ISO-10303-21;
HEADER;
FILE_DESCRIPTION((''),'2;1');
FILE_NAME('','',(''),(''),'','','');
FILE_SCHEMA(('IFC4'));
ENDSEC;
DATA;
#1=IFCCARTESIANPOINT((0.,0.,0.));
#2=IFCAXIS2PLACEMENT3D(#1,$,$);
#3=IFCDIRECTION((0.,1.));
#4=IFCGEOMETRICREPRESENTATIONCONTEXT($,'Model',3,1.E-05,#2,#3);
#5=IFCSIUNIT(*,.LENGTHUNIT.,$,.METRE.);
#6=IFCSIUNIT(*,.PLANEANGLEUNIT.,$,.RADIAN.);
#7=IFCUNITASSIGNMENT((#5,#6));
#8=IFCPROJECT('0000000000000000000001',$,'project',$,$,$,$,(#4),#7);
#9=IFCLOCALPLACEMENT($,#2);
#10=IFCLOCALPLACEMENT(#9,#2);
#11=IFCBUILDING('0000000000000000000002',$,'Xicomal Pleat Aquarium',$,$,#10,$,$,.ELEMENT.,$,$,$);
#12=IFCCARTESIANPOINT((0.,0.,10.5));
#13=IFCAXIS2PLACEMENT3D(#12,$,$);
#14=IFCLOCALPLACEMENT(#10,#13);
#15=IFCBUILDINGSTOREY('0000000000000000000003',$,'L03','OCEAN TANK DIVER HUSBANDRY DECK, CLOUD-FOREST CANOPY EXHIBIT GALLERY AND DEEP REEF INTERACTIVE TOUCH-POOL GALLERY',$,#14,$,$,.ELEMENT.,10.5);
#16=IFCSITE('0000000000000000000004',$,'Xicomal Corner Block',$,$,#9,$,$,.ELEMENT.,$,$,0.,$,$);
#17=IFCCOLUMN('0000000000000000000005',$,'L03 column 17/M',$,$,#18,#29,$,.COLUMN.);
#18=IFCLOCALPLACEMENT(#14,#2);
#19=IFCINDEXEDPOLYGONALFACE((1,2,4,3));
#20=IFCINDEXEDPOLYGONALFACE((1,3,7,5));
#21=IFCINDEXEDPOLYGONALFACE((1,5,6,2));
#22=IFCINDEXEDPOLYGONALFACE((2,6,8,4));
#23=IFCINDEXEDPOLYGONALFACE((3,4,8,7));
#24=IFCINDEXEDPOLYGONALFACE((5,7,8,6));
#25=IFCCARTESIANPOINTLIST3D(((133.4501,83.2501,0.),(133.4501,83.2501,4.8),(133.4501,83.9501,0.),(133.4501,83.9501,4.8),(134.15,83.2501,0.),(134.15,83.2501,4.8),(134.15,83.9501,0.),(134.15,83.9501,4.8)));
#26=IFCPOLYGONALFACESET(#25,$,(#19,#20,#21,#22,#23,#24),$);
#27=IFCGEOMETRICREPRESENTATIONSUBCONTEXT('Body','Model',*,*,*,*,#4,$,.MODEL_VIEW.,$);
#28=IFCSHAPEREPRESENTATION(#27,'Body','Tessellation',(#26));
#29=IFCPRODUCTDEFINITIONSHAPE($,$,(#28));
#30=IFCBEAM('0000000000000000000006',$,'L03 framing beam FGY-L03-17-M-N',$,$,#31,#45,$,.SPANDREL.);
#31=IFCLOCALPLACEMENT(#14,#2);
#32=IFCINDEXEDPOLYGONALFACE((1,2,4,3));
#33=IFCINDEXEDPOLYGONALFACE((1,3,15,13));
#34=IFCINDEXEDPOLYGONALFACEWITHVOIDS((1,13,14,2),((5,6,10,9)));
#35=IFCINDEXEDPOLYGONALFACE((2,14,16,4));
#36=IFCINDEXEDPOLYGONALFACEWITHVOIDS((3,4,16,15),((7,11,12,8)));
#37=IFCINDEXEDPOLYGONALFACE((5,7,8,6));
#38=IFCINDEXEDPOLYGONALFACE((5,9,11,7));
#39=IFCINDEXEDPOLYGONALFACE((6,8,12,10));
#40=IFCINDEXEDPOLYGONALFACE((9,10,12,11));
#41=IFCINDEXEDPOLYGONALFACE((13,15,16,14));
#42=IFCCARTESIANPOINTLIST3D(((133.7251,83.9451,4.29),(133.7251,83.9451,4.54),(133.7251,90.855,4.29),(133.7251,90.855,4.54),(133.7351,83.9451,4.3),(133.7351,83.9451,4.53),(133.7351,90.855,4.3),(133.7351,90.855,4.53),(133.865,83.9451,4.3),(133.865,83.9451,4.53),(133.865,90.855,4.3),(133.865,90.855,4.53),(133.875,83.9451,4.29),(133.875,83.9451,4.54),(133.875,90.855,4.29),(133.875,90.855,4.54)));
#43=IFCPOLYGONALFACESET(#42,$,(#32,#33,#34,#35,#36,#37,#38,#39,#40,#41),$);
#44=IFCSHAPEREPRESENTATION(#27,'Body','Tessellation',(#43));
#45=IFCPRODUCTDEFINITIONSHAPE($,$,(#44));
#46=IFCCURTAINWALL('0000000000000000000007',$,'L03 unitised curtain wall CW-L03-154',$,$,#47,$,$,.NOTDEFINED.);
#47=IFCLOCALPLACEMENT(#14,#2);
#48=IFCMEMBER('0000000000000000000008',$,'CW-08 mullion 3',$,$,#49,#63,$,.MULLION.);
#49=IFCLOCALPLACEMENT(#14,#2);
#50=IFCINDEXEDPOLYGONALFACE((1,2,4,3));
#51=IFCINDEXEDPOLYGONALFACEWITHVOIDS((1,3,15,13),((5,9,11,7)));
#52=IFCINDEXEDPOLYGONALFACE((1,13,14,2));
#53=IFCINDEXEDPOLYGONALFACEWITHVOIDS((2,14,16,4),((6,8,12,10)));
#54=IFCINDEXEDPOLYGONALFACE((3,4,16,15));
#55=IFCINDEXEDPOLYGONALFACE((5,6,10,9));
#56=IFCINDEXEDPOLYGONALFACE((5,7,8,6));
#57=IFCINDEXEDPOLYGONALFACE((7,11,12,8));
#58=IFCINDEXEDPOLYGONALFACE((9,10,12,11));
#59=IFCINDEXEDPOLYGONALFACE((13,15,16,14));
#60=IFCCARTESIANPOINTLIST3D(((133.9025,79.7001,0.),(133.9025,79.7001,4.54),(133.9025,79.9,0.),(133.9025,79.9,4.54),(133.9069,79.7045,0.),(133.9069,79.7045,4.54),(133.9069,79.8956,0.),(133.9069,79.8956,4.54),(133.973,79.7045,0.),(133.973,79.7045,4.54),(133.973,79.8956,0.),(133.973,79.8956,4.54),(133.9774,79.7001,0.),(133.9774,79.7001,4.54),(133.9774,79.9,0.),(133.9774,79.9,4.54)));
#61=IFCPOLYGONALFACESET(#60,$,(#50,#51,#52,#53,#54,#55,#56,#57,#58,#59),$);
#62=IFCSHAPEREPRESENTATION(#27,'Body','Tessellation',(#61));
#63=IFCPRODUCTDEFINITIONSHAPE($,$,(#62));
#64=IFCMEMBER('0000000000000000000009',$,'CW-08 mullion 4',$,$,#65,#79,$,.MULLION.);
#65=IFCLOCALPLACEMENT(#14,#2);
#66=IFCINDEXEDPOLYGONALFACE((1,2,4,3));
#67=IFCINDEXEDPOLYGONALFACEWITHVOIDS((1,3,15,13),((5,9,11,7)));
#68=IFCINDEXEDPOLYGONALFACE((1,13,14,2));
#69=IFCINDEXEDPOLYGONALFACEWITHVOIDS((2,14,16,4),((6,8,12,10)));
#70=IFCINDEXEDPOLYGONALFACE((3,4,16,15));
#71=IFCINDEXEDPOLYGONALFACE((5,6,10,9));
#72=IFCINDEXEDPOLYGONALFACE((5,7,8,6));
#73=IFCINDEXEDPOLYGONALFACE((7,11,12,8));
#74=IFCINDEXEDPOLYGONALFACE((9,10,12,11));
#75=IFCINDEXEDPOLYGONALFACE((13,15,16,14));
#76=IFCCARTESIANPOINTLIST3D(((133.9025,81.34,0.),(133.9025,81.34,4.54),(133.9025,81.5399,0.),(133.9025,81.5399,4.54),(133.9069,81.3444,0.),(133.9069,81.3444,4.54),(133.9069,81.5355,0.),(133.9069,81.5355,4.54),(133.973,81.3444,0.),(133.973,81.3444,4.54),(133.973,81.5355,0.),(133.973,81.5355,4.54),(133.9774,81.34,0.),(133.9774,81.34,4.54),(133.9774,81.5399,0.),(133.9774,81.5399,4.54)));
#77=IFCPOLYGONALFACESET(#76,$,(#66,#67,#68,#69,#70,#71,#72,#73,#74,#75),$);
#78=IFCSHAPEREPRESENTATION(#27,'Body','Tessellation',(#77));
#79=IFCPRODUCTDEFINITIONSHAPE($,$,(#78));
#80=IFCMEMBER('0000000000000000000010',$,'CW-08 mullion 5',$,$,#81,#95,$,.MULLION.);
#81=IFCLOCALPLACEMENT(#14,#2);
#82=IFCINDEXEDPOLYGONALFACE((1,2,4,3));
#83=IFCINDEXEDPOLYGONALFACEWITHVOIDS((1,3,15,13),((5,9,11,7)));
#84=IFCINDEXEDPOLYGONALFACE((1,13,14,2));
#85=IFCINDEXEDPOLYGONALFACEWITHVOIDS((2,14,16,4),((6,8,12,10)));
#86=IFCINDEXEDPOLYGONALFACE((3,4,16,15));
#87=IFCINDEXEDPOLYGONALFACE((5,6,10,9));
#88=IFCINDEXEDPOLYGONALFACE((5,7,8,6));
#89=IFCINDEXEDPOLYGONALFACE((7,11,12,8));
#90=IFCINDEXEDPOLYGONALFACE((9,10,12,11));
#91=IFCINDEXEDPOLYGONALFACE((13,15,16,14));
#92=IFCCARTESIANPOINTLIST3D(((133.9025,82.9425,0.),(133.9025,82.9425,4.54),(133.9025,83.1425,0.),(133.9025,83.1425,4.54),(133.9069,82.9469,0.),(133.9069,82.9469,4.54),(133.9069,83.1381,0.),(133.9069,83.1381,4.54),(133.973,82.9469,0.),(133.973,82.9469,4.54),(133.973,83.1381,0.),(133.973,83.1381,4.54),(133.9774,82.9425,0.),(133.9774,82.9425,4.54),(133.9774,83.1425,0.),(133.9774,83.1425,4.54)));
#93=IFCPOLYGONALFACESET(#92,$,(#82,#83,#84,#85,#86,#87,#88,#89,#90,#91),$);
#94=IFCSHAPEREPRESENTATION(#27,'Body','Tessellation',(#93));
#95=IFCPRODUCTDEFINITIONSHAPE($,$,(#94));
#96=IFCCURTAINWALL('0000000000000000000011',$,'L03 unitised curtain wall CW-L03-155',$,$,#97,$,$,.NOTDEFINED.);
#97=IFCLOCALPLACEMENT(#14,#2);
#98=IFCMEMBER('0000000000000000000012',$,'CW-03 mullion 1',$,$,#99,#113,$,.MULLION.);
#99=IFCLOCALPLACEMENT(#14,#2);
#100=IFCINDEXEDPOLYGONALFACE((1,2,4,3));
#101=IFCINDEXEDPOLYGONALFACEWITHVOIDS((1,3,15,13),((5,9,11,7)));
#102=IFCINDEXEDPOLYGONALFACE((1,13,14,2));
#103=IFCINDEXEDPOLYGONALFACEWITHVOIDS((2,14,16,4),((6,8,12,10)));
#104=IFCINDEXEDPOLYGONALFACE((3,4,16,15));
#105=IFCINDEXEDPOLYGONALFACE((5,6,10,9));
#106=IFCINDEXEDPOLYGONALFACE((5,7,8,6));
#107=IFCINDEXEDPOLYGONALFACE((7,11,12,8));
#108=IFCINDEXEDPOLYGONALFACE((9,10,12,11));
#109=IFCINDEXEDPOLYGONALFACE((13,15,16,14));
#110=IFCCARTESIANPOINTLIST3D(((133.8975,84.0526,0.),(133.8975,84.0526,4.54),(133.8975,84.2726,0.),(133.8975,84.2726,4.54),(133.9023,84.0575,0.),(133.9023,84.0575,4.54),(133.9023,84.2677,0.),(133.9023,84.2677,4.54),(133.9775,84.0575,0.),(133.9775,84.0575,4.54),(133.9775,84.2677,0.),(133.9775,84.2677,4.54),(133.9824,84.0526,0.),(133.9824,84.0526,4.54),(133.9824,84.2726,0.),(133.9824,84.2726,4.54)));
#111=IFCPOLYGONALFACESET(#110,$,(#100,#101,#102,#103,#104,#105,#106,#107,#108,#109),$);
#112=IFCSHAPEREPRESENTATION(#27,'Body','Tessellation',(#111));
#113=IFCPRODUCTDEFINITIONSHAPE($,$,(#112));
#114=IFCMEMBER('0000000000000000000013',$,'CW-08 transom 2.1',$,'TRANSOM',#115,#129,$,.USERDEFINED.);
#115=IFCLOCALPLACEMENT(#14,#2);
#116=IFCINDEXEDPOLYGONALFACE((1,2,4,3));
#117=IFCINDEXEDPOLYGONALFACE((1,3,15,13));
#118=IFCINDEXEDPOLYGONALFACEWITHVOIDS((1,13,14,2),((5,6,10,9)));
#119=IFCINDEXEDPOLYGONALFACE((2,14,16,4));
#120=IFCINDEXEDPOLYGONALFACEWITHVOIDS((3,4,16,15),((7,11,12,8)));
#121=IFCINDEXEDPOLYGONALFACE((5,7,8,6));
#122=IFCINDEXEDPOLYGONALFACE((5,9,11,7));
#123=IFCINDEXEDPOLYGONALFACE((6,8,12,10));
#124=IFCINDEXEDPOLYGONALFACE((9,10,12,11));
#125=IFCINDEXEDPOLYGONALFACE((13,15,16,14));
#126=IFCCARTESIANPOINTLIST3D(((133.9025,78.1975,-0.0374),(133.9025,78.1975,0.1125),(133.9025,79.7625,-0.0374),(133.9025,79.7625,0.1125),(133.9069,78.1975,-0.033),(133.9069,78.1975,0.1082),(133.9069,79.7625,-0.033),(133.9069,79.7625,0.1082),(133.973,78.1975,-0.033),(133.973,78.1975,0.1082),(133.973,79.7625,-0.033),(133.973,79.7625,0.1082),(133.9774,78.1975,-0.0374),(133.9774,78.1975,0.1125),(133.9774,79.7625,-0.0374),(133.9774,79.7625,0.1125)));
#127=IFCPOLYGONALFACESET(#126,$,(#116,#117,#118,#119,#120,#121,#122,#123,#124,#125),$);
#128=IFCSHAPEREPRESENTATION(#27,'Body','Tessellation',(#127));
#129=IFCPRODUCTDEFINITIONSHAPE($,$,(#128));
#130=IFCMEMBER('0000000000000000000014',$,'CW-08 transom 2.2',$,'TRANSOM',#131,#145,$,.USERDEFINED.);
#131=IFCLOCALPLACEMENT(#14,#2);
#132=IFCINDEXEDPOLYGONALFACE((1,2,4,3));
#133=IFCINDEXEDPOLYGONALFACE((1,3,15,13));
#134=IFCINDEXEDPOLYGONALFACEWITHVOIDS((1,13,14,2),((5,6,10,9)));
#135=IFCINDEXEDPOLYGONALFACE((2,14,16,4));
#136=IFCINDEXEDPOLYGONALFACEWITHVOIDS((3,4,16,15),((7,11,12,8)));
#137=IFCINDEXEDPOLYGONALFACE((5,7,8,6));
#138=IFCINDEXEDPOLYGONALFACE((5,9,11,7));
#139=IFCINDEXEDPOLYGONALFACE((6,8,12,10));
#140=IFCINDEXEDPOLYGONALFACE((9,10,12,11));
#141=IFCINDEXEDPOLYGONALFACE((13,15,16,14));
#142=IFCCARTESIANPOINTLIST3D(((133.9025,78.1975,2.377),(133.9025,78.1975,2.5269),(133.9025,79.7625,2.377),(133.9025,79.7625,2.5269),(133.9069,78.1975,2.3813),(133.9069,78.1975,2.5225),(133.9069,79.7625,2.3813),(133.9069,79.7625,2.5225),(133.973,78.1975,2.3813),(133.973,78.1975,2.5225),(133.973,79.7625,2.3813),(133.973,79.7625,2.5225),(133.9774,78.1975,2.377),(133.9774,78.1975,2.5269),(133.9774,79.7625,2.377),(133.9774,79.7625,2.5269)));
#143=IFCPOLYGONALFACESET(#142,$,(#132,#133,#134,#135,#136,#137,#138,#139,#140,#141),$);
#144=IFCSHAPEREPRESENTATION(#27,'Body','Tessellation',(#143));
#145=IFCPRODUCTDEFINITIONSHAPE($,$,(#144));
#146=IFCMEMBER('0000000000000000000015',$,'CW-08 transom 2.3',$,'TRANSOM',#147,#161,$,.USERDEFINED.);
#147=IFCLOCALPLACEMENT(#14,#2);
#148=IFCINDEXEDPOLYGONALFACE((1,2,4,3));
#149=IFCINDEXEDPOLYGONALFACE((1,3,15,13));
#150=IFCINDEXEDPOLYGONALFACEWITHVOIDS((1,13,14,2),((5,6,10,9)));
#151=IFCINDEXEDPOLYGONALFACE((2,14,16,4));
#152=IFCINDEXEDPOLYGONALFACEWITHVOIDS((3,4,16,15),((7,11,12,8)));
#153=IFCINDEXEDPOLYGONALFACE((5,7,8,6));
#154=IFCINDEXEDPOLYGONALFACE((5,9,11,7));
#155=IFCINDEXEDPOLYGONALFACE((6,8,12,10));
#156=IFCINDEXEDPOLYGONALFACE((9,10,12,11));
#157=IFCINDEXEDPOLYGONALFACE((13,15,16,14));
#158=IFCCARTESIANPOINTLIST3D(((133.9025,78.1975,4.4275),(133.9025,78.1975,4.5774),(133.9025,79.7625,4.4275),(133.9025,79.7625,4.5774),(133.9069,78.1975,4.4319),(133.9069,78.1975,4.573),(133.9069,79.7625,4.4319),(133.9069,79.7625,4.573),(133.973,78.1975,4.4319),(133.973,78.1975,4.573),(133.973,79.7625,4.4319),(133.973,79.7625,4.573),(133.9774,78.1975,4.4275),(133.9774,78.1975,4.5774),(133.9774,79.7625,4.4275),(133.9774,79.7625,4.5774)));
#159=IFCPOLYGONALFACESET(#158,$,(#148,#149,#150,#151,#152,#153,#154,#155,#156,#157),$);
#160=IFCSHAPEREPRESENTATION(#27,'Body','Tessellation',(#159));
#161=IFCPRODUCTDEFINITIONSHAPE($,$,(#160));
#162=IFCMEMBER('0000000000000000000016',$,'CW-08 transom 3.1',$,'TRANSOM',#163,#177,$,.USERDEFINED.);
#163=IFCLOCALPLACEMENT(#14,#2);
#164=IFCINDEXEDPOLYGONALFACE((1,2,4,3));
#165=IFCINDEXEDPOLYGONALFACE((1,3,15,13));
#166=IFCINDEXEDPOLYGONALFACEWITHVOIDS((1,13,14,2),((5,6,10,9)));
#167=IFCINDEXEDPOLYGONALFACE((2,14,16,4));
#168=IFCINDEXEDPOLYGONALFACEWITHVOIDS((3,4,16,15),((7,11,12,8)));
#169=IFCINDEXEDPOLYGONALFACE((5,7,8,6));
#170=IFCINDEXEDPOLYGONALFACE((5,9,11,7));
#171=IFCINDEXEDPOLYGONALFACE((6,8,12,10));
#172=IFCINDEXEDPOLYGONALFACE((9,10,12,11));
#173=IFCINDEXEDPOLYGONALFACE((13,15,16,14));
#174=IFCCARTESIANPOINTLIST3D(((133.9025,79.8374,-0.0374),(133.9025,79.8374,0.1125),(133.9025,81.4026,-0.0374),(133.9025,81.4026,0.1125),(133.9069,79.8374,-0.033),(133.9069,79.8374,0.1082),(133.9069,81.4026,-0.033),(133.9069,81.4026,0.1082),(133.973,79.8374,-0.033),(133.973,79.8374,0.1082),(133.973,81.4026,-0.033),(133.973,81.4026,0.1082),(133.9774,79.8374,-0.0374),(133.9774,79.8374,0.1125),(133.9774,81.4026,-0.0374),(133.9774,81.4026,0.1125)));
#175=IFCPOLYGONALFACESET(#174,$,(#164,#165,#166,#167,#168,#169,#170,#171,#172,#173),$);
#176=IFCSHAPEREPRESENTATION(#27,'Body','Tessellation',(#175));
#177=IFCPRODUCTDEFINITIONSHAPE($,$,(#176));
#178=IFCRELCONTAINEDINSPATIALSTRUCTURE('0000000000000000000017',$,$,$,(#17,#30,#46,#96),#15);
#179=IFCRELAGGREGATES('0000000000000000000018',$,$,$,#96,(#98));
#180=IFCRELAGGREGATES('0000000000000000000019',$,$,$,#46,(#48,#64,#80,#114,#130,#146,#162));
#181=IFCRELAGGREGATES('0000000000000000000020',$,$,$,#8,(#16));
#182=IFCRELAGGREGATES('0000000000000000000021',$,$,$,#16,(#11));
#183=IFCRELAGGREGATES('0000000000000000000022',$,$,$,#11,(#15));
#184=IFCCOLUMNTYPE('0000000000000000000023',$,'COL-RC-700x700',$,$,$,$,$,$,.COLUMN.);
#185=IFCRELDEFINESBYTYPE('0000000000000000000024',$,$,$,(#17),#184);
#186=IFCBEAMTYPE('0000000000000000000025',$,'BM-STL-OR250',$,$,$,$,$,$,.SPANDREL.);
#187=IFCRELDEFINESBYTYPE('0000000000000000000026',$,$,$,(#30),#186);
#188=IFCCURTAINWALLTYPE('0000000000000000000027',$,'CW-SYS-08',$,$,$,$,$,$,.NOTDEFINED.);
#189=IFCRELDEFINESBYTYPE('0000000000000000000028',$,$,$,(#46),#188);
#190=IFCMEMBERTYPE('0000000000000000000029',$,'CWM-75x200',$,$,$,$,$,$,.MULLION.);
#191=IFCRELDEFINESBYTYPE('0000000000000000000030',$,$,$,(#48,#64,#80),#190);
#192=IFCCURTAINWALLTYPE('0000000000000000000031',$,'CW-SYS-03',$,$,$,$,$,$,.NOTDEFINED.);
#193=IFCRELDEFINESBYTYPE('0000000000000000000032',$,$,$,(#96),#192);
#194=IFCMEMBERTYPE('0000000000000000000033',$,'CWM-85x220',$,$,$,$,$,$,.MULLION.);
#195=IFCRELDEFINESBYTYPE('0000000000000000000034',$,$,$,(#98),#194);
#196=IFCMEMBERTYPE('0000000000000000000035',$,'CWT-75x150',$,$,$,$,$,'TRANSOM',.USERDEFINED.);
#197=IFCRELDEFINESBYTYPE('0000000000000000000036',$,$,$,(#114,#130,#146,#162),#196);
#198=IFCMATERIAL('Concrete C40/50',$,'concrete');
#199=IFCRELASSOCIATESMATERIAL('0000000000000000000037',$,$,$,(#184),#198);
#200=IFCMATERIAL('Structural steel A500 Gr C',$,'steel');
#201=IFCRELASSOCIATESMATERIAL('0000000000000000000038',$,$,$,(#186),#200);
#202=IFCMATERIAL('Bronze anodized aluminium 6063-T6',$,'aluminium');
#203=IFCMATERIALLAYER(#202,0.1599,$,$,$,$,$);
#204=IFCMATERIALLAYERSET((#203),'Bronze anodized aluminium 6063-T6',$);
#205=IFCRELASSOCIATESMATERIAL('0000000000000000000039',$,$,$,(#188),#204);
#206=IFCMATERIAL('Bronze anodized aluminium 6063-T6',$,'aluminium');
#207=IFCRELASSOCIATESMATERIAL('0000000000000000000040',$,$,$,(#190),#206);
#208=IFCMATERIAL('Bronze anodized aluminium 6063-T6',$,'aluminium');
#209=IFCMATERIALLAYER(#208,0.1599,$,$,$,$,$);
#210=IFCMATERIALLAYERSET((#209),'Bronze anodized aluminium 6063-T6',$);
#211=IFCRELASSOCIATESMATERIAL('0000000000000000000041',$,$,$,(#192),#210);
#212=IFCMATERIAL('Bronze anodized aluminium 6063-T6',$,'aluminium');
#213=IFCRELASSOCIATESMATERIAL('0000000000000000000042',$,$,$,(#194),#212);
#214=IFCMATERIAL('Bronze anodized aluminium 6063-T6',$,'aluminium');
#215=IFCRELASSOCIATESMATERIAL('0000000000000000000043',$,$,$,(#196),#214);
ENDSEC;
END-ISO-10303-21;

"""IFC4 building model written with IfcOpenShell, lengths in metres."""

from ifc_helpers import new_model, si_unit, direction, frame, origin, origin_2d, place, context, subcontext, project, spatial, rectangle, hollow_rectangle, extrude, material, layer, layer_set, material_profile, profile_set, type_object, element, aggregate, save


model = new_model("IFC4")

# Units and contexts
model_context = context("Model", 3, precision=1e-05, world=origin(), true_north=direction((0.0, 1.0)))
body_context = subcontext(model_context, "Body", "Model", "MODEL_VIEW")
ifc_project = project(units=[si_unit("LENGTHUNIT", "METRE"), si_unit("PLANEANGLEUNIT", "RADIAN")], contexts=[model_context])

# Site, building, storey
site_placement = place(None, origin())
site = spatial("IfcSite", under=ifc_project, at=site_placement, Name="Xicomal Corner Block", CompositionType="ELEMENT", RefElevation=0.0)
building_placement = place(site_placement, origin())
building = spatial("IfcBuilding", under=site, at=building_placement, Name="Xicomal Pleat Aquarium", CompositionType="ELEMENT")
storey_placement = place(building_placement, frame((0.0, 0.0, 10.5)))
storey = spatial("IfcBuildingStorey", under=building, at=storey_placement, Name="L03", Description="OCEAN TANK DIVER HUSBANDRY DECK, CLOUD-FOREST CANOPY EXHIBIT GALLERY AND DEEP REEF INTERACTIVE TOUCH-POOL GALLERY", CompositionType="ELEMENT", Elevation=10.5)

# Column
ifc_material_1 = material(Name="Concrete C40/50", Category="concrete")
ifc_material_profile_1 = material_profile(ifc_material_1, rectangle(XDim=0.7, YDim=0.7, at=origin_2d()), Name="RC 700x700")
ifc_profile_set_1 = profile_set([ifc_material_profile_1], Name="Concrete C40/50")
column_type = type_object("IfcColumnType", Name="COL-RC-700x700", PredefinedType="COLUMN", material=ifc_profile_set_1)
column_placement = place(storey_placement, frame((133.8, 83.6001, 0.0), z_axis=(0.0, 0.0, 1.0), x_axis=(1.0, 0.0, 0.0)))
element("IfcColumn", 1, at=column_placement, inside=storey, type_object=column_type, Name="L03 column 17/M", PredefinedType="COLUMN", context=body_context, shape_type="SweptSolid", body=[
    extrude(rectangle(XDim=0.7, YDim=0.7, at=origin_2d()), origin(), (0.0, 0.0, 1.0), 4.8),
])

# Beam
ifc_material_2 = material(Name="Structural steel A500 Gr C", Category="steel")
ifc_material_profile_2 = material_profile(ifc_material_2, hollow_rectangle(XDim=0.1499, YDim=0.25, WallThickness=0.01, at=origin_2d()), Name="OR 250x150x10")
ifc_profile_set_2 = profile_set([ifc_material_profile_2], Name="Structural steel A500 Gr C")
beam_type = type_object("IfcBeamType", Name="BM-STL-OR250", PredefinedType="SPANDREL", material=ifc_profile_set_2)
beam_placement = place(storey_placement, frame((133.8, 83.9451, 4.415), z_axis=(0.0, 1.0, 0.0), x_axis=(-1.0, 0.0, 0.0)))
element("IfcBeam", 2, at=beam_placement, inside=storey, type_object=beam_type, Name="L03 framing beam FGY-L03-17-M-N", PredefinedType="SPANDREL", context=body_context, shape_type="SweptSolid", body=[
    extrude(hollow_rectangle(XDim=0.1499, YDim=0.25, WallThickness=0.01, at=origin_2d()), origin(), (0.0, 0.0, 1.0), 6.9099),
])

# Curtain wall, members
ifc_material_3 = material(Name="Bronze anodized aluminium 6063-T6", Category="aluminium")
ifc_layer_1 = layer(ifc_material_3, 0.1599)
ifc_layer_set_1 = layer_set([ifc_layer_1], Name="Bronze anodized aluminium 6063-T6")
curtain_wall_type_1 = type_object("IfcCurtainWallType", Name="CW-SYS-08", PredefinedType="NOTDEFINED", material=ifc_layer_set_1)
curtain_wall_1_placement = place(storey_placement, origin())
curtain_wall_1 = element("IfcCurtainWall", 3, at=curtain_wall_1_placement, inside=storey, type_object=curtain_wall_type_1, Name="L03 unitised curtain wall CW-L03-154", PredefinedType="NOTDEFINED")
ifc_material_4 = material(Name="Bronze anodized aluminium 6063-T6", Category="aluminium")
ifc_material_profile_3 = material_profile(ifc_material_4, hollow_rectangle(XDim=0.075, YDim=0.2, WallThickness=0.0044, at=origin_2d()), Name="ALU MULL 75x200")
ifc_profile_set_3 = profile_set([ifc_material_profile_3], Name="Bronze anodized aluminium 6063-T6")
member_type_1 = type_object("IfcMemberType", Name="CWM-75x200", PredefinedType="MULLION", material=ifc_profile_set_3)
member_1_placement = place(storey_placement, frame((133.9399, 79.8, 0.0), z_axis=(0.0, 0.0, 1.0), x_axis=(-1.0, 0.0, 0.0)))
member_1 = element("IfcMember", 4, at=member_1_placement, type_object=member_type_1, Name="CW-08 mullion 3", PredefinedType="MULLION", context=body_context, shape_type="SweptSolid", body=[
    extrude(hollow_rectangle(XDim=0.075, YDim=0.2, WallThickness=0.0044, at=origin_2d()), origin(), (0.0, 0.0, 1.0), 4.54),
])
member_2_placement = place(storey_placement, frame((133.9399, 81.4399, 0.0), z_axis=(0.0, 0.0, 1.0), x_axis=(-1.0, 0.0, 0.0)))
member_2 = element("IfcMember", 5, at=member_2_placement, type_object=member_type_1, Name="CW-08 mullion 4", PredefinedType="MULLION", context=body_context, shape_type="SweptSolid", body=[
    extrude(hollow_rectangle(XDim=0.075, YDim=0.2, WallThickness=0.0044, at=origin_2d()), origin(), (0.0, 0.0, 1.0), 4.54),
])
member_3_placement = place(storey_placement, frame((133.9399, 83.0425, 0.0), z_axis=(0.0, 0.0, 1.0), x_axis=(-1.0, 0.0, 0.0)))
member_3 = element("IfcMember", 6, at=member_3_placement, type_object=member_type_1, Name="CW-08 mullion 5", PredefinedType="MULLION", context=body_context, shape_type="SweptSolid", body=[
    extrude(hollow_rectangle(XDim=0.075, YDim=0.2, WallThickness=0.0044, at=origin_2d()), origin(), (0.0, 0.0, 1.0), 4.54),
])

# Curtain wall, member
ifc_material_5 = material(Name="Bronze anodized aluminium 6063-T6", Category="aluminium")
ifc_layer_2 = layer(ifc_material_5, 0.1599)
ifc_layer_set_2 = layer_set([ifc_layer_2], Name="Bronze anodized aluminium 6063-T6")
curtain_wall_type_2 = type_object("IfcCurtainWallType", Name="CW-SYS-03", PredefinedType="NOTDEFINED", material=ifc_layer_set_2)
curtain_wall_2_placement = place(storey_placement, origin())
curtain_wall_2 = element("IfcCurtainWall", 7, at=curtain_wall_2_placement, inside=storey, type_object=curtain_wall_type_2, Name="L03 unitised curtain wall CW-L03-155", PredefinedType="NOTDEFINED")
ifc_material_6 = material(Name="Bronze anodized aluminium 6063-T6", Category="aluminium")
ifc_material_profile_4 = material_profile(ifc_material_6, hollow_rectangle(XDim=0.085, YDim=0.22, WallThickness=0.0049, at=origin_2d()), Name="ALU MULL 85x220")
ifc_profile_set_4 = profile_set([ifc_material_profile_4], Name="Bronze anodized aluminium 6063-T6")
member_type_2 = type_object("IfcMemberType", Name="CWM-85x220", PredefinedType="MULLION", material=ifc_profile_set_4)
member_4_placement = place(storey_placement, frame((133.9399, 84.1626, 0.0), z_axis=(0.0, 0.0, 1.0), x_axis=(-1.0, 0.0, 0.0)))
member_4 = element("IfcMember", 8, at=member_4_placement, type_object=member_type_2, Name="CW-03 mullion 1", PredefinedType="MULLION", context=body_context, shape_type="SweptSolid", body=[
    extrude(hollow_rectangle(XDim=0.085, YDim=0.22, WallThickness=0.0049, at=origin_2d()), origin(), (0.0, 0.0, 1.0), 4.54),
])

# Members
ifc_material_7 = material(Name="Bronze anodized aluminium 6063-T6", Category="aluminium")
ifc_material_profile_5 = material_profile(ifc_material_7, hollow_rectangle(XDim=0.075, YDim=0.1499, WallThickness=0.0044, at=origin_2d()), Name="ALU TRAN 75x150")
ifc_profile_set_5 = profile_set([ifc_material_profile_5], Name="Bronze anodized aluminium 6063-T6")
member_type_3 = type_object("IfcMemberType", Name="CWT-75x150", ElementType="TRANSOM", PredefinedType="USERDEFINED", material=ifc_profile_set_5)
member_5_placement = place(storey_placement, frame((133.9399, 78.1975, 0.0376), z_axis=(0.0, 1.0, 0.0), x_axis=(-1.0, 0.0, 0.0)))
member_5 = element("IfcMember", 9, at=member_5_placement, type_object=member_type_3, Name="CW-08 transom 2.1", ObjectType="TRANSOM", PredefinedType="USERDEFINED", context=body_context, shape_type="SweptSolid", body=[
    extrude(hollow_rectangle(XDim=0.075, YDim=0.1499, WallThickness=0.0044, at=origin_2d()), origin(), (0.0, 0.0, 1.0), 1.5649),
])
member_6_placement = place(storey_placement, frame((133.9399, 78.1975, 2.4519), z_axis=(0.0, 1.0, 0.0), x_axis=(-1.0, 0.0, 0.0)))
member_6 = element("IfcMember", 10, at=member_6_placement, type_object=member_type_3, Name="CW-08 transom 2.2", ObjectType="TRANSOM", PredefinedType="USERDEFINED", context=body_context, shape_type="SweptSolid", body=[
    extrude(hollow_rectangle(XDim=0.075, YDim=0.1499, WallThickness=0.0044, at=origin_2d()), origin(), (0.0, 0.0, 1.0), 1.5649),
])
member_7_placement = place(storey_placement, frame((133.9399, 78.1975, 4.5024), z_axis=(0.0, 1.0, 0.0), x_axis=(-1.0, 0.0, 0.0)))
member_7 = element("IfcMember", 11, at=member_7_placement, type_object=member_type_3, Name="CW-08 transom 2.3", ObjectType="TRANSOM", PredefinedType="USERDEFINED", context=body_context, shape_type="SweptSolid", body=[
    extrude(hollow_rectangle(XDim=0.075, YDim=0.1499, WallThickness=0.0044, at=origin_2d()), origin(), (0.0, 0.0, 1.0), 1.5649),
])
member_8_placement = place(storey_placement, frame((133.9399, 79.8374, 0.0376), z_axis=(0.0, 1.0, 0.0), x_axis=(-1.0, 0.0, 0.0)))
member_8 = element("IfcMember", 12, at=member_8_placement, type_object=member_type_3, Name="CW-08 transom 3.1", ObjectType="TRANSOM", PredefinedType="USERDEFINED", context=body_context, shape_type="SweptSolid", body=[
    extrude(hollow_rectangle(XDim=0.075, YDim=0.1499, WallThickness=0.0044, at=origin_2d()), origin(), (0.0, 0.0, 1.0), 1.5652),
])
aggregate(curtain_wall_2, [member_4])

aggregate(curtain_wall_1, [member_1, member_2, member_3, member_5, member_6, member_7, member_8])

save(model, "model.ifc")
